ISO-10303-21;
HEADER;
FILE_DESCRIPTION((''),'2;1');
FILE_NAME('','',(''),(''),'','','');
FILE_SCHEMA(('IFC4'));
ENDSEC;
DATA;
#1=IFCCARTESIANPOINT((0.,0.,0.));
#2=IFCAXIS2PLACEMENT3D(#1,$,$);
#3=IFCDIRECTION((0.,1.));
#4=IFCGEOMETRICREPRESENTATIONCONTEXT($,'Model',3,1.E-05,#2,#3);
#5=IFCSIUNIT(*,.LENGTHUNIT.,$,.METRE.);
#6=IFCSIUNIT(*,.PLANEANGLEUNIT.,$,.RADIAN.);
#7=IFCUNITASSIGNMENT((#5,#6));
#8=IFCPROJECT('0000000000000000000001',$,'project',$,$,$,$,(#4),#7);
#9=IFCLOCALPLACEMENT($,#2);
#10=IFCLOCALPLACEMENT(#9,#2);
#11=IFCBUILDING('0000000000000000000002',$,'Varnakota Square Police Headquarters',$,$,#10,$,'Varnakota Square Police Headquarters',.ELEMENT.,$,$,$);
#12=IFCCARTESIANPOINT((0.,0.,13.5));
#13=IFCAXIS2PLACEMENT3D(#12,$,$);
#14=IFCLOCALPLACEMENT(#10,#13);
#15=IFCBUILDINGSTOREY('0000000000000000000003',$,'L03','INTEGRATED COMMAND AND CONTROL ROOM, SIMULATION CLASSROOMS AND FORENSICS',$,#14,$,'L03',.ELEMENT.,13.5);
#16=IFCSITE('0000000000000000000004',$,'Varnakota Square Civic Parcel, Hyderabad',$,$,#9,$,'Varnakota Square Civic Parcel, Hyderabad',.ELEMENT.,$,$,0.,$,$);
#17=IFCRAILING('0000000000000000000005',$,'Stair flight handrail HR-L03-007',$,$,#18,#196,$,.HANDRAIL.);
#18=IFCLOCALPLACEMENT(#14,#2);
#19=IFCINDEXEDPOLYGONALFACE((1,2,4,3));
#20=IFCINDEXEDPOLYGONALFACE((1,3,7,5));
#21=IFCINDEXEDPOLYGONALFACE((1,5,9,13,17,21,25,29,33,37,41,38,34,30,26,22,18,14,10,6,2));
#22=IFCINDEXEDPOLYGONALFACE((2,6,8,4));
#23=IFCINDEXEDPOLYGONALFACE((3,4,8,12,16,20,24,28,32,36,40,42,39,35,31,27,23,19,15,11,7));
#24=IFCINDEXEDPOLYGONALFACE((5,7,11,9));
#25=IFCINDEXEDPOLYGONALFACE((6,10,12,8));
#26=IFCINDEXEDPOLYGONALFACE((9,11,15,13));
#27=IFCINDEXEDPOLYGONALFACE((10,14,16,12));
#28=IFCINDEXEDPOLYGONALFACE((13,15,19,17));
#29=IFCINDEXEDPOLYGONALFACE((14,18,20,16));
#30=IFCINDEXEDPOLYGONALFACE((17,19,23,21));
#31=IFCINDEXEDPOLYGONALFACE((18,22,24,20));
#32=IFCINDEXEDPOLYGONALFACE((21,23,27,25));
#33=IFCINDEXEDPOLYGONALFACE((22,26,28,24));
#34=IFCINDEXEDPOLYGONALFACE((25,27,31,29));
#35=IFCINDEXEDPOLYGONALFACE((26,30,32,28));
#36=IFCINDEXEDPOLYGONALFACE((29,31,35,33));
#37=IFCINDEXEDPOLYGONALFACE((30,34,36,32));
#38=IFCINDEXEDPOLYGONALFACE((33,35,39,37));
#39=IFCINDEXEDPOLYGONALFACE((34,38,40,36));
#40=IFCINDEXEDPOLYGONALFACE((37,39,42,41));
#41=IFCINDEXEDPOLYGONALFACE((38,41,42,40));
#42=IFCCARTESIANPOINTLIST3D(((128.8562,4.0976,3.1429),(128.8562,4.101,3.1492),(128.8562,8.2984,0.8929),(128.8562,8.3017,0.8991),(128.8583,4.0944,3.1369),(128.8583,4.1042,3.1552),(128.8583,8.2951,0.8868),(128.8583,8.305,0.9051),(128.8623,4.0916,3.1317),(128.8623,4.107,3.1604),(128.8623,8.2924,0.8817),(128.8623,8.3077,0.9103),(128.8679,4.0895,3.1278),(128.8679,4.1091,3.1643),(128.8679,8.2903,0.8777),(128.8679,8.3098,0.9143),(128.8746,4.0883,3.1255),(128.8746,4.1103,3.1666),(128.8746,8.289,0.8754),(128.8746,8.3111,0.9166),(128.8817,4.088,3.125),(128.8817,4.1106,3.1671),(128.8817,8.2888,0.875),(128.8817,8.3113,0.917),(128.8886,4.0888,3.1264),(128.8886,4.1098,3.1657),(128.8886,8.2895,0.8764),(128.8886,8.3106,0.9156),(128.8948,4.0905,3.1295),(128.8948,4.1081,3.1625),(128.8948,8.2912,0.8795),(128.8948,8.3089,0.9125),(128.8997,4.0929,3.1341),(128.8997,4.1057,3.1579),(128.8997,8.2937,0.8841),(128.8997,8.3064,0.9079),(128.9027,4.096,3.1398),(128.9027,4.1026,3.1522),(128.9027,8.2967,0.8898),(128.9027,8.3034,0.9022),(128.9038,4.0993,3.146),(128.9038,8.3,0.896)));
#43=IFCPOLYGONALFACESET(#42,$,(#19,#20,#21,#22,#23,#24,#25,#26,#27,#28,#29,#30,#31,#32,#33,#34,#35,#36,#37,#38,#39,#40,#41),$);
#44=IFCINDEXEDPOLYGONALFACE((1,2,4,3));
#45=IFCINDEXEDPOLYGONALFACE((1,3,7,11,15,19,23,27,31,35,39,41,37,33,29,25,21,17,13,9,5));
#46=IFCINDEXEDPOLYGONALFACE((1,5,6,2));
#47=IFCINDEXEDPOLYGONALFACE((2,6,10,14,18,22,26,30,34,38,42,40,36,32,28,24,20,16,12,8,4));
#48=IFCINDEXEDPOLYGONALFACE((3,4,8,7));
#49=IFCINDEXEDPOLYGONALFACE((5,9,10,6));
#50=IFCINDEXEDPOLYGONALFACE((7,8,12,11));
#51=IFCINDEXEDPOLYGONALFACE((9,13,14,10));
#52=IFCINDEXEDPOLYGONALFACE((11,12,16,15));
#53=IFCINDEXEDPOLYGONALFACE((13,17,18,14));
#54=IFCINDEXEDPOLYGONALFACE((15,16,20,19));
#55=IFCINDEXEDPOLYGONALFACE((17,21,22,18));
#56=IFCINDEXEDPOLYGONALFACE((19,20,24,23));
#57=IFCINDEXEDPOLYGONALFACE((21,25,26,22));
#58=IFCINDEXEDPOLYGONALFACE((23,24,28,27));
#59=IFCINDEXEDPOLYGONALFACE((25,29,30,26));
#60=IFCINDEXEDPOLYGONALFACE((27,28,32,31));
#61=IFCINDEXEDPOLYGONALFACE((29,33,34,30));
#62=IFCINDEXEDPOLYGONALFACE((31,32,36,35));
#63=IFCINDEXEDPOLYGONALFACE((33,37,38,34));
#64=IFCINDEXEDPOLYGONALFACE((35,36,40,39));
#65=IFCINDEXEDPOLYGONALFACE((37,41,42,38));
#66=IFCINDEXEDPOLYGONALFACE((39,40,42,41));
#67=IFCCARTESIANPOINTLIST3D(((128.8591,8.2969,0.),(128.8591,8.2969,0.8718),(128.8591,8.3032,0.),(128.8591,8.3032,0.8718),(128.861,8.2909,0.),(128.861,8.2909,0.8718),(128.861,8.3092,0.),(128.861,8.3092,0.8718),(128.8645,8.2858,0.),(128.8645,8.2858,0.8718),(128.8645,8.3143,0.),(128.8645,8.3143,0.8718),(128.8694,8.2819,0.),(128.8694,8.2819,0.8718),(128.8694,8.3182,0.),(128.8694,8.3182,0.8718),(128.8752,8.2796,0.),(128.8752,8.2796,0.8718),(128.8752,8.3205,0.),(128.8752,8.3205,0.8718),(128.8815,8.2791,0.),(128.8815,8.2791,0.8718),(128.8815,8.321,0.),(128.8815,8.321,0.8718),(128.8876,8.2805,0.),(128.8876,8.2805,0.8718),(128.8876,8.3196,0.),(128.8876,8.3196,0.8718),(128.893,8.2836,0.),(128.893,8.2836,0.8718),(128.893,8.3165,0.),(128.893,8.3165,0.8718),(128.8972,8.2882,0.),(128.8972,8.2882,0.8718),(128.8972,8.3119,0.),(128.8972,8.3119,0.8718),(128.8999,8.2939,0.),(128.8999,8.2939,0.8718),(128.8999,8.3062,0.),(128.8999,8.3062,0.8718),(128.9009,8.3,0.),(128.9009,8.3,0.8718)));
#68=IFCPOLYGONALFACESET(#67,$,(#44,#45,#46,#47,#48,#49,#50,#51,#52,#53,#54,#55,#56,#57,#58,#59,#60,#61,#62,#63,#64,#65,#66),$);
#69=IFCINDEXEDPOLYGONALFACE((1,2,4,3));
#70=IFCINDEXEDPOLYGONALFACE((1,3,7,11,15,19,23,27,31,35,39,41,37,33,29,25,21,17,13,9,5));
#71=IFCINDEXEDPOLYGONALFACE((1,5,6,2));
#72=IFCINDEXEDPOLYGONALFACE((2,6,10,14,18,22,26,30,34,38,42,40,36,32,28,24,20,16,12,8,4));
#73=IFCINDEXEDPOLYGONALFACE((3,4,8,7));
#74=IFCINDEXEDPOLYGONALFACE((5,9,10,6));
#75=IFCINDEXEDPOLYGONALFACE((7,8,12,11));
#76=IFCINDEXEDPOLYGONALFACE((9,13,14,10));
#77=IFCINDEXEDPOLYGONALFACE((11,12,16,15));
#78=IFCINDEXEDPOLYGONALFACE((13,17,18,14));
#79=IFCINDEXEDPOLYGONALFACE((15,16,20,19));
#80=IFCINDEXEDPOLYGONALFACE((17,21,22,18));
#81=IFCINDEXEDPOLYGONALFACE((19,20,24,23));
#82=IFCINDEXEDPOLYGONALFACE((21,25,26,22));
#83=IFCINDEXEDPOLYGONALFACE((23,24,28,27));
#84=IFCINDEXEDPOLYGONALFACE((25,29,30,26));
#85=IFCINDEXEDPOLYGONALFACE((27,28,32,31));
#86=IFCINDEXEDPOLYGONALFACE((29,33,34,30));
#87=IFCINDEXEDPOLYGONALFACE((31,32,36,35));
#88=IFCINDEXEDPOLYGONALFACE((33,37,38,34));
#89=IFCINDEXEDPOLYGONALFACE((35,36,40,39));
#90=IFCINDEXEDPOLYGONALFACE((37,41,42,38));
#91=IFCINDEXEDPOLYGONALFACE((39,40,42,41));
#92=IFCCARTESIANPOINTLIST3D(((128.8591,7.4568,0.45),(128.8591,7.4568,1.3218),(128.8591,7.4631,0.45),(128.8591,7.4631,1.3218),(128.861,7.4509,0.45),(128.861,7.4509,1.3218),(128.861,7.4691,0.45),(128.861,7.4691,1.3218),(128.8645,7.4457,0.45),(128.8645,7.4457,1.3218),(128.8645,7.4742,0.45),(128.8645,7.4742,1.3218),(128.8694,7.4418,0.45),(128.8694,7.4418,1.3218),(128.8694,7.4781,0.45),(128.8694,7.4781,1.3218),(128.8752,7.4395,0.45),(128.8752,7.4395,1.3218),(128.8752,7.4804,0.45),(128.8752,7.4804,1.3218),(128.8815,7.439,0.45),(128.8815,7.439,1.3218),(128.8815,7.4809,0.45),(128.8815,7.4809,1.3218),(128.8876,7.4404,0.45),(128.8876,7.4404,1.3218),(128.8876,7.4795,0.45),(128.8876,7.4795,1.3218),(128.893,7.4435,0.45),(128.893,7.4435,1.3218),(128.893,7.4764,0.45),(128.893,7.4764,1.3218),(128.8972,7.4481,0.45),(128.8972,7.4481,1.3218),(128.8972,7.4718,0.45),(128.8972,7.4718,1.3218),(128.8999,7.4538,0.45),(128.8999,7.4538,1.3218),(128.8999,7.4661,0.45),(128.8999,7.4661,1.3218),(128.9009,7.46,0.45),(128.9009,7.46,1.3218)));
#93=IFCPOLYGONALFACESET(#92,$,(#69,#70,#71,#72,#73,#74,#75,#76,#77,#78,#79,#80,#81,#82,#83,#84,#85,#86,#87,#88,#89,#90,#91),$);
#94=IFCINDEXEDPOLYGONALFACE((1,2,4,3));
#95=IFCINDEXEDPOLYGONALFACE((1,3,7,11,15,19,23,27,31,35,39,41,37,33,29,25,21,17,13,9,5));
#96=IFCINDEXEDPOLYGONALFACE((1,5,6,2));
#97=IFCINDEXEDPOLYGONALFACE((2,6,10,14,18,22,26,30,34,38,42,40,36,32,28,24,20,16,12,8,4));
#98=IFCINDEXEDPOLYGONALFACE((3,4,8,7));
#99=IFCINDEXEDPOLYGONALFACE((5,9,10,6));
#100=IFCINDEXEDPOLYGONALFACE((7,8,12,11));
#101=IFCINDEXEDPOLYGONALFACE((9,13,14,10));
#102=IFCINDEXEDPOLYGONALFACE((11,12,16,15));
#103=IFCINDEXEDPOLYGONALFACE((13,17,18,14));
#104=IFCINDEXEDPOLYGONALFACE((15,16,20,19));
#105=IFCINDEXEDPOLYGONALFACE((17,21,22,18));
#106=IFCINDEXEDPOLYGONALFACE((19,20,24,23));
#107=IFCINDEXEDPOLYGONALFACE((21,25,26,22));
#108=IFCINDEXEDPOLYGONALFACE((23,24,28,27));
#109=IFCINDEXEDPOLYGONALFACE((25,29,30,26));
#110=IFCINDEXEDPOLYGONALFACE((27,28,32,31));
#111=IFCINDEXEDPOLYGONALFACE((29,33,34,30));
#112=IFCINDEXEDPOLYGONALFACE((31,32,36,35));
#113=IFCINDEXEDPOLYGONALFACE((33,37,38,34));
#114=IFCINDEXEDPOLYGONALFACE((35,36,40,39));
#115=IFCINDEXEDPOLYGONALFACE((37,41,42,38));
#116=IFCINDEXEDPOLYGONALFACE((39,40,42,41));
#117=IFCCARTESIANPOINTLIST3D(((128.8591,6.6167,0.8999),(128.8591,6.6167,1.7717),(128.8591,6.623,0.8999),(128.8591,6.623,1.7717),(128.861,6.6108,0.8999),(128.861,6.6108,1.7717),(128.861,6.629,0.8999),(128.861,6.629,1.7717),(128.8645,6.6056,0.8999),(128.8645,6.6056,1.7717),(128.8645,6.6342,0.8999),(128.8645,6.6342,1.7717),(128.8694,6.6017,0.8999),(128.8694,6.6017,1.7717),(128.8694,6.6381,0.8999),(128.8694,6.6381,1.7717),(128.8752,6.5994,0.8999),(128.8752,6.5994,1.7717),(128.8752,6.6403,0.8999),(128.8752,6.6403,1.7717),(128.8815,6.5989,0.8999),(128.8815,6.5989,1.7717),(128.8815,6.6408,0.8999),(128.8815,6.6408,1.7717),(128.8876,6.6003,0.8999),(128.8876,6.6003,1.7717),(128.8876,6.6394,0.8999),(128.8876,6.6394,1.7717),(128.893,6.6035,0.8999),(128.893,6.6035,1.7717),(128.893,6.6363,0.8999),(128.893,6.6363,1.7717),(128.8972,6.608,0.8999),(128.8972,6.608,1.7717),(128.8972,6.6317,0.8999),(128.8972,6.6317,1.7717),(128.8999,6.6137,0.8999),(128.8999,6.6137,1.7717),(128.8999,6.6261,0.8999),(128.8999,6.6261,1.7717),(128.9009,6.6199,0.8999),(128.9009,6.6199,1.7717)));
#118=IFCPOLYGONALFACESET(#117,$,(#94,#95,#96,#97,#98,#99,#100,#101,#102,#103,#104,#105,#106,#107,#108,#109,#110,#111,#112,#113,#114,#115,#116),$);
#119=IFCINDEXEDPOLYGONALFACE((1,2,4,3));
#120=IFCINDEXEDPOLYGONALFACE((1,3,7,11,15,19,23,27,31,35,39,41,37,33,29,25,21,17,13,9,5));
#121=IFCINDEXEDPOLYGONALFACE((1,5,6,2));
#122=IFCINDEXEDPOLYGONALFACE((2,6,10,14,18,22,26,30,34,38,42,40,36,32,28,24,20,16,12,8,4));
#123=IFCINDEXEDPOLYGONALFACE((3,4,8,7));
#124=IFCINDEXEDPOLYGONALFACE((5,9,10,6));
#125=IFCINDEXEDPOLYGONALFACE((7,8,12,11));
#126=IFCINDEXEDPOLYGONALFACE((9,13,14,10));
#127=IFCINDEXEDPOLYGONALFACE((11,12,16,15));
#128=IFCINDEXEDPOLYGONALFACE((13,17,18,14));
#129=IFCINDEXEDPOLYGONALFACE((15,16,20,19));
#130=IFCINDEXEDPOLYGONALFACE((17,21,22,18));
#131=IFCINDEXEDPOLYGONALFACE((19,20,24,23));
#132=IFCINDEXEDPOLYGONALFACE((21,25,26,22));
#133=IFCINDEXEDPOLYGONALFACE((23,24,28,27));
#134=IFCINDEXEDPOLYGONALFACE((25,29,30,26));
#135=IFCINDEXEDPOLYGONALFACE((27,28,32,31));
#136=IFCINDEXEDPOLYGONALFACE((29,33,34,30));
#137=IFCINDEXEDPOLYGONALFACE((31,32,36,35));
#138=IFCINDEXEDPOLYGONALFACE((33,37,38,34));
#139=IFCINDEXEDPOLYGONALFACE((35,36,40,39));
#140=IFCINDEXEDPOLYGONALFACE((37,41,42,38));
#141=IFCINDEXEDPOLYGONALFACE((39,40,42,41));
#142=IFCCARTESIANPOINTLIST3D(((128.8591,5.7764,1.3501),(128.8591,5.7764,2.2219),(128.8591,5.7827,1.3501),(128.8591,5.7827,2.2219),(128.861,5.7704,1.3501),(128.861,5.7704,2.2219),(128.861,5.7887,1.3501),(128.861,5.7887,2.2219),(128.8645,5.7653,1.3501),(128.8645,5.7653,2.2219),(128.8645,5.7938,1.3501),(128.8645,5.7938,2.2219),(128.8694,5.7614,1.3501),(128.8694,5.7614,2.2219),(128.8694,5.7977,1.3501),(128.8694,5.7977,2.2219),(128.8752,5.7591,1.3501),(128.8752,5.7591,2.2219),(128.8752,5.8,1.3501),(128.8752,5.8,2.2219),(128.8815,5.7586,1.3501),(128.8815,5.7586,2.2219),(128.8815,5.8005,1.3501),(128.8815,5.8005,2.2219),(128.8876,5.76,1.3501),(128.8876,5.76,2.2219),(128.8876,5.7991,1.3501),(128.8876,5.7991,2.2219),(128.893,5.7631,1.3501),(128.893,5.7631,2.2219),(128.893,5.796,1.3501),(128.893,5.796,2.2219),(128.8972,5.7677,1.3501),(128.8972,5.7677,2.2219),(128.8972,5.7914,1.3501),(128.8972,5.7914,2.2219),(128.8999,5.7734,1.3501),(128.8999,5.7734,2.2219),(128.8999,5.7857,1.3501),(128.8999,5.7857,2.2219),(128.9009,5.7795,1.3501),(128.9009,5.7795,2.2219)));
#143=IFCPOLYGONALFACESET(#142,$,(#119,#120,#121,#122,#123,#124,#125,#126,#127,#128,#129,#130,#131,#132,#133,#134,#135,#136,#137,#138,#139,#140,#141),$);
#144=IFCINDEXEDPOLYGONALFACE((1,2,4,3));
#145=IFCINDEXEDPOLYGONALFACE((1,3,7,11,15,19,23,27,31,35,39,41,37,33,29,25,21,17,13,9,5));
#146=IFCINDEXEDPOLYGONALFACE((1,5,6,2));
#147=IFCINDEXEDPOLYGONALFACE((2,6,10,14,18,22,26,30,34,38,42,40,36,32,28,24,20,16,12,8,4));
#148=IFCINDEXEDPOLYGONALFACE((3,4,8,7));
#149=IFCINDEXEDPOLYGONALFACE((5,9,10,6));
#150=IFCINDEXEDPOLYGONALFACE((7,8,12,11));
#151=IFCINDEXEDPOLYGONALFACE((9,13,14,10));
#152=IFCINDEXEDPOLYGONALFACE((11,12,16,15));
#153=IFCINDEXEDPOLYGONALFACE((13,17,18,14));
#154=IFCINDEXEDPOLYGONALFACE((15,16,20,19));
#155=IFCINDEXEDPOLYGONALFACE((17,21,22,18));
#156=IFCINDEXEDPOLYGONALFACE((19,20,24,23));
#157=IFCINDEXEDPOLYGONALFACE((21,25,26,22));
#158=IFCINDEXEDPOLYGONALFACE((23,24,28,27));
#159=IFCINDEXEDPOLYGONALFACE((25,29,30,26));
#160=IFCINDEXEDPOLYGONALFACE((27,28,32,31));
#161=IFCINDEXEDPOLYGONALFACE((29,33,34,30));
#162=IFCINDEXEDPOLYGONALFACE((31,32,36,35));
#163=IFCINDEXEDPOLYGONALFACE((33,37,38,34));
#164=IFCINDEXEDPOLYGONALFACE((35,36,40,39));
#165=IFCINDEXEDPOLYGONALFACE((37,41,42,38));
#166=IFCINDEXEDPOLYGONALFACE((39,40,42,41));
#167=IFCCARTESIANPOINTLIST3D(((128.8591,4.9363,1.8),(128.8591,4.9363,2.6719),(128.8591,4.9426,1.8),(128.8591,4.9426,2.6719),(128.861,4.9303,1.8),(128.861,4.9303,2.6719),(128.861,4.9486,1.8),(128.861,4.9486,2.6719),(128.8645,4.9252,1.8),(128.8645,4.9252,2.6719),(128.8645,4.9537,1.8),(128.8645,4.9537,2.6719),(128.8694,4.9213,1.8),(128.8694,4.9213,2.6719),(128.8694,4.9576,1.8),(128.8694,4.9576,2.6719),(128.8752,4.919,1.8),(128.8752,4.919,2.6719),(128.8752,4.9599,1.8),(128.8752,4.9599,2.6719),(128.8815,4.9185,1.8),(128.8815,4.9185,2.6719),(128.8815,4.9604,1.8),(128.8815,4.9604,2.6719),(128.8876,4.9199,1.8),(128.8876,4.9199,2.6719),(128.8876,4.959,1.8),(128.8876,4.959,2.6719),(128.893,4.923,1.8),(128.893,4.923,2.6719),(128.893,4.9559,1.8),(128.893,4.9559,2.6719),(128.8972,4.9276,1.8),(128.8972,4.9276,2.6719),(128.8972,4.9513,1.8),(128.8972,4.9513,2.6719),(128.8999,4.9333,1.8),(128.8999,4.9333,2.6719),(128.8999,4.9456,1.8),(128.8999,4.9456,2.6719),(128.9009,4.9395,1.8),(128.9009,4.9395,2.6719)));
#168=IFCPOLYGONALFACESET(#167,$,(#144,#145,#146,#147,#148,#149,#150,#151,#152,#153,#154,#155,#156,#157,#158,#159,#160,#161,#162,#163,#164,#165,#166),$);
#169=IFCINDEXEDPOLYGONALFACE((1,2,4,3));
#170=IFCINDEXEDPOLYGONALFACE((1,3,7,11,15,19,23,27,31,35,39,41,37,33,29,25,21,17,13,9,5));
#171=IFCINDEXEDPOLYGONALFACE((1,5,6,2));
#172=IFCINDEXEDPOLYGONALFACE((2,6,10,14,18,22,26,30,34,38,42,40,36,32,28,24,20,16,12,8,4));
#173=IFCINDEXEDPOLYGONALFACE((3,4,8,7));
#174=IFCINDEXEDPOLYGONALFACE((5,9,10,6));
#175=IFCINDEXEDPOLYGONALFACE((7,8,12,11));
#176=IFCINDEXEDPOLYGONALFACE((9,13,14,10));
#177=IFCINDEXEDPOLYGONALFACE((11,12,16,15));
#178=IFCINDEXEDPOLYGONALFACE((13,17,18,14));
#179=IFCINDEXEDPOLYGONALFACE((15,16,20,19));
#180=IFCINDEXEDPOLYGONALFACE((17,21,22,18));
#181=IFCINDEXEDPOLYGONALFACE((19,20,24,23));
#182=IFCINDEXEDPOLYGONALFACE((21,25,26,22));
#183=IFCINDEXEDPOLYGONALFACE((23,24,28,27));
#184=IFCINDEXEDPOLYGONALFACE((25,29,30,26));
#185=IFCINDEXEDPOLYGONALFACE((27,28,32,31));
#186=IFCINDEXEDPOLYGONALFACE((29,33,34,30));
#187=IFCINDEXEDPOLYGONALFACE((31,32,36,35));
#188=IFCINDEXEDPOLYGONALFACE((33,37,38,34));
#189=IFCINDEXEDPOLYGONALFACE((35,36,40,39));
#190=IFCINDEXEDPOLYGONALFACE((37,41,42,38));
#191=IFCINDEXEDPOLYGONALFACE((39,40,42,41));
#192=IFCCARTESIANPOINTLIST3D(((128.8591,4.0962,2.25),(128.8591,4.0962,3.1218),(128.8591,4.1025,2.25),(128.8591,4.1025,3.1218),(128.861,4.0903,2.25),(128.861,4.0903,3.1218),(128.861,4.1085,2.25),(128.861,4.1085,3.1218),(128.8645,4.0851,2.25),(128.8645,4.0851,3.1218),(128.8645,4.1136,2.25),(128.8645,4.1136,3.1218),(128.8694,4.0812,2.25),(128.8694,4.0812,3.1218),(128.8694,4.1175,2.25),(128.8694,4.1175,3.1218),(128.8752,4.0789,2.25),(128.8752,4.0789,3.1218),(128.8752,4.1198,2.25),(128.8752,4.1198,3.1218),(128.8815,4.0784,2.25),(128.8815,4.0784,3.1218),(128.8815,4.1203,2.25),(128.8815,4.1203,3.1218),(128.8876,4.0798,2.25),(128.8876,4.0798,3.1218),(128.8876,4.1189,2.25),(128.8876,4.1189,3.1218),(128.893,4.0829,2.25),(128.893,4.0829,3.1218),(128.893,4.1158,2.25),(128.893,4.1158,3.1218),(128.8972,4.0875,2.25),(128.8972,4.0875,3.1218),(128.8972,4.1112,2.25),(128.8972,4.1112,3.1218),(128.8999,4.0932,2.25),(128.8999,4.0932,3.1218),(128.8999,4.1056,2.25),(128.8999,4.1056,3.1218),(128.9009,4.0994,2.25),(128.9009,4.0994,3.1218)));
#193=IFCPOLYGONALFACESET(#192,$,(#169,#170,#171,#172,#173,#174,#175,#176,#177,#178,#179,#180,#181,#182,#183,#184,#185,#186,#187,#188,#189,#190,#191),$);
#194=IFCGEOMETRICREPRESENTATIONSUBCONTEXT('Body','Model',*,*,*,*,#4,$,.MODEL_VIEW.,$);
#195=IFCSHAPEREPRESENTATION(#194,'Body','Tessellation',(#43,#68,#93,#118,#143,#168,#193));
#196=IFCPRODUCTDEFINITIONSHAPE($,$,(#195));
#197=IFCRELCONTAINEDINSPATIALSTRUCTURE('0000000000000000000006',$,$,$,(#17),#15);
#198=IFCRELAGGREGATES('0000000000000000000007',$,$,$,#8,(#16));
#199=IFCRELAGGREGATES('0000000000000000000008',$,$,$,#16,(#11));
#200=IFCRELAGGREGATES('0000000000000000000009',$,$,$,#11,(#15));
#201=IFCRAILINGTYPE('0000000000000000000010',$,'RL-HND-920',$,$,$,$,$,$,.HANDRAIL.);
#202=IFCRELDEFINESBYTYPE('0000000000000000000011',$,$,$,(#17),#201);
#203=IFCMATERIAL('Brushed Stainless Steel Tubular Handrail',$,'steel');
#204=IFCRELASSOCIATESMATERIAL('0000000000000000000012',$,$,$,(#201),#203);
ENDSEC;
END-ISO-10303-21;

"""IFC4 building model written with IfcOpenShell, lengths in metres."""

from ifc_helpers import new_model, si_unit, direction, frame, origin, origin_2d, place, context, subcontext, project, spatial, circle, extrude, material, type_object, element, save


model = new_model("IFC4")

# Units and contexts
model_context = context("Model", 3, precision=1e-05, world=origin(), true_north=direction((0.0, 1.0)))
body_context = subcontext(model_context, "Body", "Model", "MODEL_VIEW")
ifc_project = project(units=[si_unit("LENGTHUNIT", "METRE"), si_unit("PLANEANGLEUNIT", "RADIAN")], contexts=[model_context])

# Site, building, storey
site_placement = place(None, origin())
site = spatial("IfcSite", under=ifc_project, at=site_placement, Name="Varnakota Square Civic Parcel, Hyderabad", LongName="Varnakota Square Civic Parcel, Hyderabad", CompositionType="ELEMENT", RefElevation=0.0)
building_placement = place(site_placement, origin())
building = spatial("IfcBuilding", under=site, at=building_placement, Name="Varnakota Square Police Headquarters", LongName="Varnakota Square Police Headquarters", CompositionType="ELEMENT")
storey_placement = place(building_placement, frame((0.0, 0.0, 13.5)))
storey = spatial("IfcBuildingStorey", under=building, at=storey_placement, Name="L03", Description="INTEGRATED COMMAND AND CONTROL ROOM, SIMULATION CLASSROOMS AND FORENSICS", LongName="L03", CompositionType="ELEMENT", Elevation=13.5)

# Railing
ifc_material_1 = material(Name="Brushed Stainless Steel Tubular Handrail", Category="steel")
railing_type_1 = type_object("IfcRailingType", Name="RL-HND-920", PredefinedType="HANDRAIL", material=ifc_material_1)
railing_1_placement = place(storey_placement, frame((128.8799, 8.3, 0.0)))
element("IfcRailing", 1, at=railing_1_placement, inside=storey, type_object=railing_type_1, Name="Stair flight handrail HR-L03-007", PredefinedType="HANDRAIL", context=body_context, shape_type="SweptSolid", body=[
    extrude(circle(Radius=0.0239, at=origin_2d()), frame((0.0, 0.0, 0.896), z_axis=(0.0, -0.881512, 0.472162), x_axis=(1.0, 0.0, 0.0)), (0.0, 0.0, 1.0), 4.7654),
    extrude(circle(Radius=0.021, at=origin_2d()), origin(), (0.0, 0.0, 1.0), 0.8718),
    extrude(circle(Radius=0.021, at=origin_2d()), frame((0.0, -0.8401, 0.45)), (0.0, 0.0, 1.0), 0.8718),
    extrude(circle(Radius=0.021, at=origin_2d()), frame((0.0, -1.6802, 0.8999)), (0.0, 0.0, 1.0), 0.8718),
    extrude(circle(Radius=0.021, at=origin_2d()), frame((0.0, -2.5205, 1.3501)), (0.0, 0.0, 1.0), 0.8718),
    extrude(circle(Radius=0.021, at=origin_2d()), frame((0.0, -3.3606, 1.8)), (0.0, 0.0, 1.0), 0.8718),
    extrude(circle(Radius=0.021, at=origin_2d()), frame((0.0, -4.2007, 2.25)), (0.0, 0.0, 1.0), 0.8718),
])

save(model, "model.ifc")
